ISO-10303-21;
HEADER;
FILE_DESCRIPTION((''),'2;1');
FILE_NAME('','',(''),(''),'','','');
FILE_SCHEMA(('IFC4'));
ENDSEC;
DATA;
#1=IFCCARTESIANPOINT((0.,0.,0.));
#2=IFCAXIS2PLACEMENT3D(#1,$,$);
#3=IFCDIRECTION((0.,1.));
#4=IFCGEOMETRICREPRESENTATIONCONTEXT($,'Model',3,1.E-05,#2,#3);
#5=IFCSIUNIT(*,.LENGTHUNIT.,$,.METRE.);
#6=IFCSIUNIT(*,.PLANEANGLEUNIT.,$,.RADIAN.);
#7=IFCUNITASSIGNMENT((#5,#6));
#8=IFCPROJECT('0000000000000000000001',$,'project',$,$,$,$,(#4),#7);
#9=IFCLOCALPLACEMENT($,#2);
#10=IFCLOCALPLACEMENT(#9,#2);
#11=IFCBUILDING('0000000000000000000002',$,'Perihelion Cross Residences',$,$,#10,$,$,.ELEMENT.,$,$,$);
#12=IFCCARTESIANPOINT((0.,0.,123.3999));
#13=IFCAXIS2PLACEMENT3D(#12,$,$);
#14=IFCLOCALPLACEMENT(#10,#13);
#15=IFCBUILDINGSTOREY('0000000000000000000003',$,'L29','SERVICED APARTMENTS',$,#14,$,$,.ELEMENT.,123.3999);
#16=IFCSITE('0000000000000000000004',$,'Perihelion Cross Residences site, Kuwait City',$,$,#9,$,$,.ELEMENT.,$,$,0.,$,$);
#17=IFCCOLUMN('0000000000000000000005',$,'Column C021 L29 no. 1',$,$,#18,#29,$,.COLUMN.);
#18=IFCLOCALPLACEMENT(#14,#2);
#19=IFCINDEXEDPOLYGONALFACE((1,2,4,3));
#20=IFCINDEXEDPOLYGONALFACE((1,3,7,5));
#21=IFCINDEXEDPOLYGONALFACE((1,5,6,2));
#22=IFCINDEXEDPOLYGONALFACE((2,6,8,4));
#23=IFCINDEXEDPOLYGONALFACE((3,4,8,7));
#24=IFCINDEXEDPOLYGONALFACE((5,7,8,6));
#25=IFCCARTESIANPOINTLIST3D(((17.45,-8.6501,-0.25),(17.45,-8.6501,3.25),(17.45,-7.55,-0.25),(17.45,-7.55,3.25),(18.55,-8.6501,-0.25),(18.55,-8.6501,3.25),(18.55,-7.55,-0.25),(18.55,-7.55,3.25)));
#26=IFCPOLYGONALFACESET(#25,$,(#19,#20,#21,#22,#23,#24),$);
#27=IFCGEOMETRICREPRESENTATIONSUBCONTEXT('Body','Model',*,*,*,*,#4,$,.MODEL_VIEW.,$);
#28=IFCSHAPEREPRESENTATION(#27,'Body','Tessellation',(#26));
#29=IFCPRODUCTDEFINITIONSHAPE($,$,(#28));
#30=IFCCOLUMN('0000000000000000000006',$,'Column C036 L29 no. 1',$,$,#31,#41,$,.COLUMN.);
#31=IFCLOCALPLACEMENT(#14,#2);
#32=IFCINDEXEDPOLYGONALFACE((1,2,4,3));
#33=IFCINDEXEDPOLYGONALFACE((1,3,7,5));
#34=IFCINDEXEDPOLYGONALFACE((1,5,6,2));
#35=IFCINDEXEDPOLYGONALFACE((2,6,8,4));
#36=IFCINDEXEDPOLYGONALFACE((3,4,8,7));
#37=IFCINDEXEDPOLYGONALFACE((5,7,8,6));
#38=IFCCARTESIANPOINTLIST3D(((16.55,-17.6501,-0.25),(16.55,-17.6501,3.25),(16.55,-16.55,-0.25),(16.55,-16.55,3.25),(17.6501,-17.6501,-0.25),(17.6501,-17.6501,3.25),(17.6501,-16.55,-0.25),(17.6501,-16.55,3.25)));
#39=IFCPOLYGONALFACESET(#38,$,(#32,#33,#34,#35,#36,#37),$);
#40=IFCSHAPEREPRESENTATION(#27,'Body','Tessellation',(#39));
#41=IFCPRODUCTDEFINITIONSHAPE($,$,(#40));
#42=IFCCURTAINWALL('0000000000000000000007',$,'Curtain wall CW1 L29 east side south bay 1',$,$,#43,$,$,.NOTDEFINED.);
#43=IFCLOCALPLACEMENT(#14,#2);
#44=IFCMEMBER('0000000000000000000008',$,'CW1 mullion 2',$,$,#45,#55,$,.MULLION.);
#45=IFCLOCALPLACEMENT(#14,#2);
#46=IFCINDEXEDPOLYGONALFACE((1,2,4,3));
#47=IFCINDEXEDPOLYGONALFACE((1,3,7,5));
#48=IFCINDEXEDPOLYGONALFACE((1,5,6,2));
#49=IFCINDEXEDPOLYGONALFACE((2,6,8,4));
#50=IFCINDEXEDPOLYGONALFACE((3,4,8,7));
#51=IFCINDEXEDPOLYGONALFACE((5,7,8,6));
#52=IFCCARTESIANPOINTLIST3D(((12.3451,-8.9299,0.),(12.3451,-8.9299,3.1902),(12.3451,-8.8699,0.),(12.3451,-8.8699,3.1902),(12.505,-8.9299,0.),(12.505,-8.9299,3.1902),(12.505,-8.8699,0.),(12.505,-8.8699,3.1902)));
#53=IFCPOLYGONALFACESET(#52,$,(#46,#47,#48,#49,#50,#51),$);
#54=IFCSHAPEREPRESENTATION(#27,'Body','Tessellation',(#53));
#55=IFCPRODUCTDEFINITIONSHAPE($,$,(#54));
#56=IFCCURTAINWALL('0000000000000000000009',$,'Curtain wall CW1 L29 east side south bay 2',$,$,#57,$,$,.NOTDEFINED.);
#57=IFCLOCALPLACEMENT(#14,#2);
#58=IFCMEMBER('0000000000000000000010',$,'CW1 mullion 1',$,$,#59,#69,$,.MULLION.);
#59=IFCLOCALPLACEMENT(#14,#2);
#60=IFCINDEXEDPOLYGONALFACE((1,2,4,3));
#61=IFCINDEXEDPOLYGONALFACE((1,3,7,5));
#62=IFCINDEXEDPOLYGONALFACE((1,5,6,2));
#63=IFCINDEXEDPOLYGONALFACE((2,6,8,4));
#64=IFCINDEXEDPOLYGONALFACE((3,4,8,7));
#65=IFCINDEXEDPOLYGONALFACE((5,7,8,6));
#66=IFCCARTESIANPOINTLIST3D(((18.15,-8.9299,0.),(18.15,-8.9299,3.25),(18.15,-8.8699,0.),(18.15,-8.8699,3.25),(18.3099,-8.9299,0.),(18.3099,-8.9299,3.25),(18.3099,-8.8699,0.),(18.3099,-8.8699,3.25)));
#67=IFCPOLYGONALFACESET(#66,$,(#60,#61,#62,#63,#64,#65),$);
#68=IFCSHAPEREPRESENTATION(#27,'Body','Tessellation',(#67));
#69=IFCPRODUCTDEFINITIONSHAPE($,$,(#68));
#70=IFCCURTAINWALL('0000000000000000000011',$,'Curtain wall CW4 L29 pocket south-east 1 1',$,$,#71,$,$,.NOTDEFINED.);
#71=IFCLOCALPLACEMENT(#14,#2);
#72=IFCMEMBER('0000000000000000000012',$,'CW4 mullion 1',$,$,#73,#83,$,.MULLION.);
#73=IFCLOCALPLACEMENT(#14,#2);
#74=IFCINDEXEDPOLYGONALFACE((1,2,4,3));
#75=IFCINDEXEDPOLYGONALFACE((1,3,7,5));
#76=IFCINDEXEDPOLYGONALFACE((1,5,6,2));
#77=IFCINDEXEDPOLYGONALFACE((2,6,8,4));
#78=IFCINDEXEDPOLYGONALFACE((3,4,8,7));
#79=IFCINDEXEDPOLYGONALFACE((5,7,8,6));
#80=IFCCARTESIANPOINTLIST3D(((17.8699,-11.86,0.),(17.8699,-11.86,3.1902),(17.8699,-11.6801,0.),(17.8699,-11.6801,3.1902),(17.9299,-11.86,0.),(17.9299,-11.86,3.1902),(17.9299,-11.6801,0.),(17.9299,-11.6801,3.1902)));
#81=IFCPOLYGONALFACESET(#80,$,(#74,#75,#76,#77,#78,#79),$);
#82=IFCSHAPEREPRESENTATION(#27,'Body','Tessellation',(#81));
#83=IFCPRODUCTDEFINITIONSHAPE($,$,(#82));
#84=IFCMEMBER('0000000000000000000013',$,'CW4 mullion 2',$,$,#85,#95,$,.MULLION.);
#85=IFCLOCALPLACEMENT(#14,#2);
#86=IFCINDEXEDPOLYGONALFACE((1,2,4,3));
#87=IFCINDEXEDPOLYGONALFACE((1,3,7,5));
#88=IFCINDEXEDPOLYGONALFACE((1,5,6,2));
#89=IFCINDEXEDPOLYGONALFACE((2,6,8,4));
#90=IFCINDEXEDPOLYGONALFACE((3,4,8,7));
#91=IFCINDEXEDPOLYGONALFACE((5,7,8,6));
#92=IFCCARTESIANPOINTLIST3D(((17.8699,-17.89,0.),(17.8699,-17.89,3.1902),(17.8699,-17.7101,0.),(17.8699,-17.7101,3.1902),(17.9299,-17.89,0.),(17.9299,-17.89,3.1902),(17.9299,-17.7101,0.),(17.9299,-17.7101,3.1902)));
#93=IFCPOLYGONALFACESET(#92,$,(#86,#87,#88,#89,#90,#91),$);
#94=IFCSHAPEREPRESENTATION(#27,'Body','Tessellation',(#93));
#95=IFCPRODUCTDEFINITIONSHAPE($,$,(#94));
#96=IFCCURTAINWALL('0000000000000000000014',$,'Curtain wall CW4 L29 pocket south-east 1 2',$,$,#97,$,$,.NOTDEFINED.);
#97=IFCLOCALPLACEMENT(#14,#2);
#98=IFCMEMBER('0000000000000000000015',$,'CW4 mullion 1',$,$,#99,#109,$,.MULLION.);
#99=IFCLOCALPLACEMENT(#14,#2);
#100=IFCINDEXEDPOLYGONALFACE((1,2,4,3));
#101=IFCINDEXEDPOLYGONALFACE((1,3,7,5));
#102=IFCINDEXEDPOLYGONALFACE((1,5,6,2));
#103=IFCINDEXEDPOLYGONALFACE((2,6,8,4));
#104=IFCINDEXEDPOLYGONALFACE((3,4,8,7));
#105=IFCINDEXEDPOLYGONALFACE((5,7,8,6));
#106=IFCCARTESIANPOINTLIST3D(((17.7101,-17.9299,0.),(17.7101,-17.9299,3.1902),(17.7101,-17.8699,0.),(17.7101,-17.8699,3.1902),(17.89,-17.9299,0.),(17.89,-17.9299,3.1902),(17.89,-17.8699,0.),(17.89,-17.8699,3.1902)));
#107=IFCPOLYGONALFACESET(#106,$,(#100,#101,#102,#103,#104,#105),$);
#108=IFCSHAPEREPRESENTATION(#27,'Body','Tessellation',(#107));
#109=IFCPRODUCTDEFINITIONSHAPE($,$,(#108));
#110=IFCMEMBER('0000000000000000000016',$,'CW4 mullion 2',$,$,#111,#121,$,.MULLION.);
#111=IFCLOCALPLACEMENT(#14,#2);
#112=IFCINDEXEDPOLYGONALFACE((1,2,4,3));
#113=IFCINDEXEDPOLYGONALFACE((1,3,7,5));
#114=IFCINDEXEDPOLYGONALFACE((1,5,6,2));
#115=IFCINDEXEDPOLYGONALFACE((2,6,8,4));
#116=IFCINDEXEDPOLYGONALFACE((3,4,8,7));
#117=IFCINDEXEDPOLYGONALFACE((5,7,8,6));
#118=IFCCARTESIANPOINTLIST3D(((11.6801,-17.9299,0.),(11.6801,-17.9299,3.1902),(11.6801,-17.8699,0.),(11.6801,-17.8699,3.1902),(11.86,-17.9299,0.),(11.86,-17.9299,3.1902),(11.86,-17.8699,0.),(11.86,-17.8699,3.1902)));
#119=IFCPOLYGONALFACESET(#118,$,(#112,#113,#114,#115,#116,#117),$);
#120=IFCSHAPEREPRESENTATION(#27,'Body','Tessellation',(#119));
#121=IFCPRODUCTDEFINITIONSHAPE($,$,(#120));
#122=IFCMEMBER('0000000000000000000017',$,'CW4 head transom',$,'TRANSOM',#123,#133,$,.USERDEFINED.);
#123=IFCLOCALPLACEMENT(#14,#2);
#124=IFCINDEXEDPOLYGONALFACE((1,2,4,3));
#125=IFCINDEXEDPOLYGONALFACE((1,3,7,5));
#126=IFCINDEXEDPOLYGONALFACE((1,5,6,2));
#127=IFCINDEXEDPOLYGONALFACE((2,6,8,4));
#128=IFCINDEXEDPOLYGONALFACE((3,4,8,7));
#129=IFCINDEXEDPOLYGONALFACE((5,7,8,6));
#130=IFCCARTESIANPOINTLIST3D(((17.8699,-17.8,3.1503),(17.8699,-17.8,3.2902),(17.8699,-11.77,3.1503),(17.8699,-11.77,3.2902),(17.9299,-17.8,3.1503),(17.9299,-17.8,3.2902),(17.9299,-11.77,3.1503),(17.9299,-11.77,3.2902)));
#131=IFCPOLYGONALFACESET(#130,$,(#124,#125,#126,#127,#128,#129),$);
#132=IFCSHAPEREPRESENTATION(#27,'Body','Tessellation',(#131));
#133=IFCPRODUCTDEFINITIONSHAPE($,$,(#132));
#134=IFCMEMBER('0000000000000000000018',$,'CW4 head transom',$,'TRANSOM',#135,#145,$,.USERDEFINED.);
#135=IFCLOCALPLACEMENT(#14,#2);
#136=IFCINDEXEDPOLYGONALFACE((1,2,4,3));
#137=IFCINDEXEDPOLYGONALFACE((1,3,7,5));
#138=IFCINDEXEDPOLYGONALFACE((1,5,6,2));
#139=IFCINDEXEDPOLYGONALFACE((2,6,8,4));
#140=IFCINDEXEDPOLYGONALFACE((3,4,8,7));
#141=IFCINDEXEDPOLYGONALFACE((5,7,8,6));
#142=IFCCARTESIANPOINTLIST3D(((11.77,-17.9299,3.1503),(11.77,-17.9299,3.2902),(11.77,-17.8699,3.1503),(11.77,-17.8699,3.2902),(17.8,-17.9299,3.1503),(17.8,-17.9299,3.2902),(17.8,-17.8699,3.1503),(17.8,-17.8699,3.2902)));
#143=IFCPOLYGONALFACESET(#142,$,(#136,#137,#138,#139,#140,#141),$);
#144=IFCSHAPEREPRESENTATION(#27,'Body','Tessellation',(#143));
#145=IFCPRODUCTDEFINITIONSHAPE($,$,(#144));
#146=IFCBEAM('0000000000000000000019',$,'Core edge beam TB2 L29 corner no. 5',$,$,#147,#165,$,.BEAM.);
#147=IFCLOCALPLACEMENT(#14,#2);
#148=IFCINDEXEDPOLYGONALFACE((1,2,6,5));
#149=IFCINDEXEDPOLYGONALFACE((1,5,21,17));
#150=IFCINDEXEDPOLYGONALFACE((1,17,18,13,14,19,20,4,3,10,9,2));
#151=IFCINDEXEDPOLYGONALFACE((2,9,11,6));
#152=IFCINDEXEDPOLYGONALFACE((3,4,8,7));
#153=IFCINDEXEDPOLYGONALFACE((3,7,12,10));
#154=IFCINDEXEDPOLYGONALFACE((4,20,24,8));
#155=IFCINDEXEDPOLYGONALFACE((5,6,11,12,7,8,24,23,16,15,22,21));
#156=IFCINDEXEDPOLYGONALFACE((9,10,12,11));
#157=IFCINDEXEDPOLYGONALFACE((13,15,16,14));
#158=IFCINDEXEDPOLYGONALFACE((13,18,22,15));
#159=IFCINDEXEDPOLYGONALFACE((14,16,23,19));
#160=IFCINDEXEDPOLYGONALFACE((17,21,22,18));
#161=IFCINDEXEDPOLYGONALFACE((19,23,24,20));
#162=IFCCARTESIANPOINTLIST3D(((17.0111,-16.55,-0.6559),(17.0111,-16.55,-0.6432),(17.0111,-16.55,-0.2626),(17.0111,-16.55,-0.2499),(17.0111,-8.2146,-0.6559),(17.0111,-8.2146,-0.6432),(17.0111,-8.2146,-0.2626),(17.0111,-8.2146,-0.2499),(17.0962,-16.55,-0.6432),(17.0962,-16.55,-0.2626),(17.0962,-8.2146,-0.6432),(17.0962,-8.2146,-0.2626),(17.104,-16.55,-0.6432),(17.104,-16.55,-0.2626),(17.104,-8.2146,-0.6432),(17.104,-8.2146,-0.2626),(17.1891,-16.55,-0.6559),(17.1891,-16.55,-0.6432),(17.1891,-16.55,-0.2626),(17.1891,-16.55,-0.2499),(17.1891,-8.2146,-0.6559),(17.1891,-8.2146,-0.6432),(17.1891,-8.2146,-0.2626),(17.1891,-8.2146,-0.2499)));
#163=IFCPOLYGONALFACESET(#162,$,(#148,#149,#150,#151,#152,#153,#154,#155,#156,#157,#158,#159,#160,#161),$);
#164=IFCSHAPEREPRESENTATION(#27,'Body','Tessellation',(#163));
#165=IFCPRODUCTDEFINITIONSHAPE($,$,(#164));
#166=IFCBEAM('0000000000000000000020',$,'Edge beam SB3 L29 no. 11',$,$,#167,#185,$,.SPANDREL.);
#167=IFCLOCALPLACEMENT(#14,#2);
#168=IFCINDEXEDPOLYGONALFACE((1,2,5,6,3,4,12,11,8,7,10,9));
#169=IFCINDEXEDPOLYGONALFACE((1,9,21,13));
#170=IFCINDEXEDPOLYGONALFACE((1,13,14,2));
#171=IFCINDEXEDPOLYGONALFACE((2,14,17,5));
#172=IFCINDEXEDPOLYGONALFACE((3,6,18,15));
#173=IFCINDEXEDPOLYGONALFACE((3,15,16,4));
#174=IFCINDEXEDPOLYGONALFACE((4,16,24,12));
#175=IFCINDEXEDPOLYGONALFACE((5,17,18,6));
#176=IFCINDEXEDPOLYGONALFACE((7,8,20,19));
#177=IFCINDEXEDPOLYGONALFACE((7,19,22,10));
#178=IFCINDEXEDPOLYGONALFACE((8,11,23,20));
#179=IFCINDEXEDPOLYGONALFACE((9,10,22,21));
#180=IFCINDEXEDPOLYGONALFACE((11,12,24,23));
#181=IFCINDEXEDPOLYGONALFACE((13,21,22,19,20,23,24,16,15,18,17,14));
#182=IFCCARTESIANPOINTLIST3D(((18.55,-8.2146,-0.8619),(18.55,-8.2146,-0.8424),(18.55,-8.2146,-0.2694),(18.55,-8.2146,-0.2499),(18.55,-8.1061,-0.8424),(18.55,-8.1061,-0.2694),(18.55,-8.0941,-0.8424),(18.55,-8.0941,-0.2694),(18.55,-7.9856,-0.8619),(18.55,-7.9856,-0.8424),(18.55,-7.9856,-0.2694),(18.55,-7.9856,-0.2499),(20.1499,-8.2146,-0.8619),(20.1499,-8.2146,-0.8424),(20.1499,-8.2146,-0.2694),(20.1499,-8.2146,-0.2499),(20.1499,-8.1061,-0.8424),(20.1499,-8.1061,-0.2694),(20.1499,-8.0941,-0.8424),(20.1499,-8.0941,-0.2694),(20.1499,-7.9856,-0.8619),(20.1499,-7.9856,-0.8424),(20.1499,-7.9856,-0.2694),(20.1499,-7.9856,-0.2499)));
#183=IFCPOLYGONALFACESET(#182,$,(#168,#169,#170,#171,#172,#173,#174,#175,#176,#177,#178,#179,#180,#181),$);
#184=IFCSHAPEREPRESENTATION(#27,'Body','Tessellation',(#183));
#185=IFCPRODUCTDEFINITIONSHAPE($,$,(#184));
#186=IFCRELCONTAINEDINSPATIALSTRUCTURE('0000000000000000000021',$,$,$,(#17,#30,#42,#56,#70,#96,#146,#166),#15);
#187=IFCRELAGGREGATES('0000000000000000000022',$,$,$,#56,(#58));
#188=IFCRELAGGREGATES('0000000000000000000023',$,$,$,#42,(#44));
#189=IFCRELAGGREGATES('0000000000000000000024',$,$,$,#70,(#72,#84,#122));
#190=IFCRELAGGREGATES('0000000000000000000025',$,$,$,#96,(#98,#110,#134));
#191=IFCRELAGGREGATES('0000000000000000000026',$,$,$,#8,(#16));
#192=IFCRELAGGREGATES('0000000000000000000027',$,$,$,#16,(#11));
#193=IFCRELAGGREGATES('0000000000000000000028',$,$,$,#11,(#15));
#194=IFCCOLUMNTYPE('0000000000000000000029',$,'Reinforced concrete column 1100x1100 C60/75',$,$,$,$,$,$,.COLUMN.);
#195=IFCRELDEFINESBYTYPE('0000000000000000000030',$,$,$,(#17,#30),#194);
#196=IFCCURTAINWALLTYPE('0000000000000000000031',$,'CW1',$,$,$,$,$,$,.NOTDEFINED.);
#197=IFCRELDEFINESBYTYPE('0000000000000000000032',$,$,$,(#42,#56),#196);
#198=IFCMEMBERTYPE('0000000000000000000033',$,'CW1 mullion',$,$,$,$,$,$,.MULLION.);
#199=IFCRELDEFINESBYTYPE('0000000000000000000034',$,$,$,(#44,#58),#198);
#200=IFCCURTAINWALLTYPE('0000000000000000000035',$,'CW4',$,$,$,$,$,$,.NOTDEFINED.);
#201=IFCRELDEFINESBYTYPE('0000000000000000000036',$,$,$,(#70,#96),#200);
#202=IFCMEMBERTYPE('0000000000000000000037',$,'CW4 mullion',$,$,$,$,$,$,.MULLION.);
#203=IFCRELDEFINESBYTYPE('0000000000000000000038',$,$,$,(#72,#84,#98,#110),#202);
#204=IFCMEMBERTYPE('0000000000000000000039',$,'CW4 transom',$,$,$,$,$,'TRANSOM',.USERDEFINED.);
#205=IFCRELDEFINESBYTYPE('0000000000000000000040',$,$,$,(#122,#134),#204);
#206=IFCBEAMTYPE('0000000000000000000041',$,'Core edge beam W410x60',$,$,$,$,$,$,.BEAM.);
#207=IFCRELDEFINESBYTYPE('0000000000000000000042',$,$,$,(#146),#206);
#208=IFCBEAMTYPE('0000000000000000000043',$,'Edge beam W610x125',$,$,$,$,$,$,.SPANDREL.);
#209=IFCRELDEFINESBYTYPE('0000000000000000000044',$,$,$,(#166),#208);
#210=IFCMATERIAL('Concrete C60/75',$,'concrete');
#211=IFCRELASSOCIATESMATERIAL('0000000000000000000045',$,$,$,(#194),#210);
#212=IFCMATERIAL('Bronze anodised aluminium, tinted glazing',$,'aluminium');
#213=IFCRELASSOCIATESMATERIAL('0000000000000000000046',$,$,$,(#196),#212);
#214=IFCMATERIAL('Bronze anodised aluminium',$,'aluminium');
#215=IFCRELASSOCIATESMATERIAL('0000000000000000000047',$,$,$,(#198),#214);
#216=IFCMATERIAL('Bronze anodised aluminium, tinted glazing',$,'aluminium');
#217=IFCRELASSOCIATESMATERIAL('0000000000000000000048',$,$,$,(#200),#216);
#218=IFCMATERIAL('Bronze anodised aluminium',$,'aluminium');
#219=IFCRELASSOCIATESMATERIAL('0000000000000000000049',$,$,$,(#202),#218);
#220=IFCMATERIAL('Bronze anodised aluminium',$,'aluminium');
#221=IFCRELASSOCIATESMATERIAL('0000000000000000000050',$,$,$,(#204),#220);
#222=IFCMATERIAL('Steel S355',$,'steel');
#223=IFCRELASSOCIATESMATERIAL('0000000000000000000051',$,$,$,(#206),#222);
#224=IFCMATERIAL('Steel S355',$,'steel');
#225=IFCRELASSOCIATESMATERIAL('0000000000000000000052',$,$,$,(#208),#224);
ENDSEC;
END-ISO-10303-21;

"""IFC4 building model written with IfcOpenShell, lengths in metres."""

from ifc_helpers import new_model, si_unit, direction, frame, origin, origin_2d, place, context, subcontext, project, spatial, rectangle, i_section, extrude, material, material_profile, profile_set, type_object, element, aggregate, save


model = new_model("IFC4")

# Units and contexts
model_context = context("Model", 3, precision=1e-05, world=origin(), true_north=direction((0.0, 1.0)))
body_context = subcontext(model_context, "Body", "Model", "MODEL_VIEW")
ifc_project = project(units=[si_unit("LENGTHUNIT", "METRE"), si_unit("PLANEANGLEUNIT", "RADIAN")], contexts=[model_context])

# Site, building, storey
site_placement = place(None, origin())
site = spatial("IfcSite", under=ifc_project, at=site_placement, Name="Perihelion Cross Residences site, Kuwait City", CompositionType="ELEMENT", RefElevation=0.0)
building_placement = place(site_placement, origin())
building = spatial("IfcBuilding", under=site, at=building_placement, Name="Perihelion Cross Residences", CompositionType="ELEMENT")
storey_placement = place(building_placement, frame((0.0, 0.0, 123.3999)))
storey = spatial("IfcBuildingStorey", under=building, at=storey_placement, Name="L29", Description="SERVICED APARTMENTS", CompositionType="ELEMENT", Elevation=123.3999)

# Columns
ifc_material_1 = material(Name="Concrete C60/75", Category="concrete")
ifc_material_profile_1 = material_profile(ifc_material_1, rectangle(XDim=1.1001, YDim=1.1001, at=origin_2d()), Name="RC 1100x1100")
ifc_profile_set_1 = profile_set([ifc_material_profile_1], Name="Concrete C60/75")
column_type = type_object("IfcColumnType", Name="Reinforced concrete column 1100x1100 C60/75", PredefinedType="COLUMN", material=ifc_profile_set_1)
for number, where, z_axis, x_axis, name in (
    (1, (18.0, -8.1001, -0.25), (0.0, 0.0, 1.0), (1.0, 0.0, 0.0), "Column C021 L29 no. 1"),
    (2, (17.1001, -17.1001, -0.25), (0.0, 0.0, 1.0), (1.0, 0.0, 0.0), "Column C036 L29 no. 1"),
):
    element("IfcColumn", number, at=place(storey_placement, frame(where, z_axis=z_axis, x_axis=x_axis)), inside=storey, type_object=column_type, Name=name, PredefinedType="COLUMN", context=body_context, shape_type="SweptSolid", body=[
        extrude(rectangle(XDim=1.1001, YDim=1.1001, at=origin_2d()), origin(), (0.0, 0.0, 1.0), 3.5),
    ])

# Curtain walls, members
ifc_material_2 = material(Name="Bronze anodised aluminium, tinted glazing", Category="aluminium")
curtain_wall_type_1 = type_object("IfcCurtainWallType", Name="CW1", PredefinedType="NOTDEFINED", material=ifc_material_2)
curtain_wall_1_placement = place(storey_placement, origin())
curtain_wall_1 = element("IfcCurtainWall", 3, at=curtain_wall_1_placement, inside=storey, type_object=curtain_wall_type_1, Name="Curtain wall CW1 L29 east side south bay 1", PredefinedType="NOTDEFINED")
ifc_material_3 = material(Name="Bronze anodised aluminium", Category="aluminium")
ifc_material_profile_2 = material_profile(ifc_material_3, rectangle(XDim=0.0601, YDim=0.1599, at=origin_2d()), Name="CW1 mullion")
ifc_profile_set_2 = profile_set([ifc_material_profile_2], Name="Bronze anodised aluminium")
member_type_1 = type_object("IfcMemberType", Name="CW1 mullion", PredefinedType="MULLION", material=ifc_profile_set_2)
member_1_placement = place(storey_placement, frame((12.425, -8.8999, 0.0), z_axis=(0.0, 0.0, 1.0), x_axis=(0.0, 1.0, 0.0)))
member_1 = element("IfcMember", 4, at=member_1_placement, type_object=member_type_1, Name="CW1 mullion 2", PredefinedType="MULLION", context=body_context, shape_type="SweptSolid", body=[
    extrude(rectangle(XDim=0.0601, YDim=0.1599, at=origin_2d()), origin(), (0.0, 0.0, 1.0), 3.1902),
])
curtain_wall_2_placement = place(storey_placement, origin())
curtain_wall_2 = element("IfcCurtainWall", 5, at=curtain_wall_2_placement, inside=storey, type_object=curtain_wall_type_1, Name="Curtain wall CW1 L29 east side south bay 2", PredefinedType="NOTDEFINED")
member_2_placement = place(storey_placement, frame((18.23, -8.8999, 0.0), z_axis=(0.0, 0.0, 1.0), x_axis=(0.0, 1.0, 0.0)))
member_2 = element("IfcMember", 6, at=member_2_placement, type_object=member_type_1, Name="CW1 mullion 1", PredefinedType="MULLION", context=body_context, shape_type="SweptSolid", body=[
    extrude(rectangle(XDim=0.0601, YDim=0.1599, at=origin_2d()), origin(), (0.0, 0.0, 1.0), 3.25),
])
aggregate(curtain_wall_2, [member_2])

# Curtain walls, members
ifc_material_4 = material(Name="Bronze anodised aluminium, tinted glazing", Category="aluminium")
curtain_wall_type_2 = type_object("IfcCurtainWallType", Name="CW4", PredefinedType="NOTDEFINED", material=ifc_material_4)
curtain_wall_3_placement = place(storey_placement, origin())
curtain_wall_3 = element("IfcCurtainWall", 7, at=curtain_wall_3_placement, inside=storey, type_object=curtain_wall_type_2, Name="Curtain wall CW4 L29 pocket south-east 1 1", PredefinedType="NOTDEFINED")
ifc_material_5 = material(Name="Bronze anodised aluminium", Category="aluminium")
ifc_material_profile_3 = material_profile(ifc_material_5, rectangle(XDim=0.0601, YDim=0.1799, at=origin_2d()), Name="CW4 mullion")
ifc_profile_set_3 = profile_set([ifc_material_profile_3], Name="Bronze anodised aluminium")
member_type_2 = type_object("IfcMemberType", Name="CW4 mullion", PredefinedType="MULLION", material=ifc_profile_set_3)
member_3_placement = place(storey_placement, frame((17.8999, -11.77, 0.0), z_axis=(0.0, 0.0, 1.0), x_axis=(1.0, 0.0, 0.0)))
member_3 = element("IfcMember", 8, at=member_3_placement, type_object=member_type_2, Name="CW4 mullion 1", PredefinedType="MULLION", context=body_context, shape_type="SweptSolid", body=[
    extrude(rectangle(XDim=0.0601, YDim=0.1799, at=origin_2d()), origin(), (0.0, 0.0, 1.0), 3.1902),
])
member_4_placement = place(storey_placement, frame((17.8999, -17.8, 0.0), z_axis=(0.0, 0.0, 1.0), x_axis=(1.0, 0.0, 0.0)))
member_4 = element("IfcMember", 9, at=member_4_placement, type_object=member_type_2, Name="CW4 mullion 2", PredefinedType="MULLION", context=body_context, shape_type="SweptSolid", body=[
    extrude(rectangle(XDim=0.0601, YDim=0.1799, at=origin_2d()), origin(), (0.0, 0.0, 1.0), 3.1902),
])
curtain_wall_4_placement = place(storey_placement, origin())
curtain_wall_4 = element("IfcCurtainWall", 10, at=curtain_wall_4_placement, inside=storey, type_object=curtain_wall_type_2, Name="Curtain wall CW4 L29 pocket south-east 1 2", PredefinedType="NOTDEFINED")
member_5_placement = place(storey_placement, frame((17.8, -17.8999, 0.0), z_axis=(0.0, 0.0, 1.0), x_axis=(0.0, -1.0, 0.0)))
member_5 = element("IfcMember", 11, at=member_5_placement, type_object=member_type_2, Name="CW4 mullion 1", PredefinedType="MULLION", context=body_context, shape_type="SweptSolid", body=[
    extrude(rectangle(XDim=0.0601, YDim=0.1799, at=origin_2d()), origin(), (0.0, 0.0, 1.0), 3.1902),
])
member_6_placement = place(storey_placement, frame((11.77, -17.8999, 0.0), z_axis=(0.0, 0.0, 1.0), x_axis=(0.0, -1.0, 0.0)))
member_6 = element("IfcMember", 12, at=member_6_placement, type_object=member_type_2, Name="CW4 mullion 2", PredefinedType="MULLION", context=body_context, shape_type="SweptSolid", body=[
    extrude(rectangle(XDim=0.0601, YDim=0.1799, at=origin_2d()), origin(), (0.0, 0.0, 1.0), 3.1902),
])

# Members
ifc_material_6 = material(Name="Bronze anodised aluminium", Category="aluminium")
ifc_material_profile_4 = material_profile(ifc_material_6, rectangle(XDim=0.0601, YDim=0.1399, at=origin_2d()), Name="CW4 transom")
ifc_profile_set_4 = profile_set([ifc_material_profile_4], Name="Bronze anodised aluminium")
member_type_3 = type_object("IfcMemberType", Name="CW4 transom", ElementType="TRANSOM", PredefinedType="USERDEFINED", material=ifc_profile_set_4)
member_7_placement = place(storey_placement, frame((17.8999, -11.77, 3.2202), z_axis=(0.0, -1.0, 0.0), x_axis=(1.0, 0.0, 0.0)))
member_7 = element("IfcMember", 13, at=member_7_placement, type_object=member_type_3, Name="CW4 head transom", ObjectType="TRANSOM", PredefinedType="USERDEFINED", context=body_context, shape_type="SweptSolid", body=[
    extrude(rectangle(XDim=0.0601, YDim=0.1399, at=origin_2d()), origin(), (0.0, 0.0, 1.0), 6.03),
])
member_8_placement = place(storey_placement, frame((17.8, -17.8999, 3.2202), z_axis=(-1.0, 0.0, 0.0), x_axis=(0.0, -1.0, 0.0)))
member_8 = element("IfcMember", 14, at=member_8_placement, type_object=member_type_3, Name="CW4 head transom", ObjectType="TRANSOM", PredefinedType="USERDEFINED", context=body_context, shape_type="SweptSolid", body=[
    extrude(rectangle(XDim=0.0601, YDim=0.1399, at=origin_2d()), origin(), (0.0, 0.0, 1.0), 6.03),
])

# Beams
ifc_material_7 = material(Name="Steel S355", Category="steel")
ifc_material_profile_5 = material_profile(ifc_material_7, i_section(OverallWidth=0.178, OverallDepth=0.406, WebThickness=0.0078, FlangeThickness=0.0127, at=origin_2d()), Name="W410x60")
ifc_profile_set_5 = profile_set([ifc_material_profile_5], Name="Steel S355")
beam_type_1 = type_object("IfcBeamType", Name="Core edge beam W410x60", PredefinedType="BEAM", material=ifc_profile_set_5)
beam_1_placement = place(storey_placement, frame((17.1001, -8.2146, -0.4529), z_axis=(0.0, -1.0, 0.0), x_axis=(1.0, 0.0, 0.0)))
element("IfcBeam", 15, at=beam_1_placement, inside=storey, type_object=beam_type_1, Name="Core edge beam TB2 L29 corner no. 5", PredefinedType="BEAM", context=body_context, shape_type="SweptSolid", body=[
    extrude(i_section(OverallWidth=0.178, OverallDepth=0.406, WebThickness=0.0078, FlangeThickness=0.0127, at=origin_2d()), origin(), (0.0, 0.0, 1.0), 8.3354),
])
ifc_material_8 = material(Name="Steel S355", Category="steel")
ifc_material_profile_6 = material_profile(ifc_material_8, i_section(OverallWidth=0.229, OverallDepth=0.6121, WebThickness=0.012, FlangeThickness=0.0195, at=origin_2d()), Name="W610x125")
ifc_profile_set_6 = profile_set([ifc_material_profile_6], Name="Steel S355")
beam_type_2 = type_object("IfcBeamType", Name="Edge beam W610x125", PredefinedType="SPANDREL", material=ifc_profile_set_6)
beam_2_placement = place(storey_placement, frame((18.55, -8.1001, -0.5559), z_axis=(1.0, 0.0, 0.0), x_axis=(0.0, 1.0, 0.0)))
element("IfcBeam", 16, at=beam_2_placement, inside=storey, type_object=beam_type_2, Name="Edge beam SB3 L29 no. 11", PredefinedType="SPANDREL", context=body_context, shape_type="SweptSolid", body=[
    extrude(i_section(OverallWidth=0.229, OverallDepth=0.6121, WebThickness=0.012, FlangeThickness=0.0195, at=origin_2d()), origin(), (0.0, 0.0, 1.0), 1.5999),
])

aggregate(curtain_wall_1, [member_1])
aggregate(curtain_wall_3, [member_3, member_4, member_7])
aggregate(curtain_wall_4, [member_5, member_6, member_8])

save(model, "model.ifc")
